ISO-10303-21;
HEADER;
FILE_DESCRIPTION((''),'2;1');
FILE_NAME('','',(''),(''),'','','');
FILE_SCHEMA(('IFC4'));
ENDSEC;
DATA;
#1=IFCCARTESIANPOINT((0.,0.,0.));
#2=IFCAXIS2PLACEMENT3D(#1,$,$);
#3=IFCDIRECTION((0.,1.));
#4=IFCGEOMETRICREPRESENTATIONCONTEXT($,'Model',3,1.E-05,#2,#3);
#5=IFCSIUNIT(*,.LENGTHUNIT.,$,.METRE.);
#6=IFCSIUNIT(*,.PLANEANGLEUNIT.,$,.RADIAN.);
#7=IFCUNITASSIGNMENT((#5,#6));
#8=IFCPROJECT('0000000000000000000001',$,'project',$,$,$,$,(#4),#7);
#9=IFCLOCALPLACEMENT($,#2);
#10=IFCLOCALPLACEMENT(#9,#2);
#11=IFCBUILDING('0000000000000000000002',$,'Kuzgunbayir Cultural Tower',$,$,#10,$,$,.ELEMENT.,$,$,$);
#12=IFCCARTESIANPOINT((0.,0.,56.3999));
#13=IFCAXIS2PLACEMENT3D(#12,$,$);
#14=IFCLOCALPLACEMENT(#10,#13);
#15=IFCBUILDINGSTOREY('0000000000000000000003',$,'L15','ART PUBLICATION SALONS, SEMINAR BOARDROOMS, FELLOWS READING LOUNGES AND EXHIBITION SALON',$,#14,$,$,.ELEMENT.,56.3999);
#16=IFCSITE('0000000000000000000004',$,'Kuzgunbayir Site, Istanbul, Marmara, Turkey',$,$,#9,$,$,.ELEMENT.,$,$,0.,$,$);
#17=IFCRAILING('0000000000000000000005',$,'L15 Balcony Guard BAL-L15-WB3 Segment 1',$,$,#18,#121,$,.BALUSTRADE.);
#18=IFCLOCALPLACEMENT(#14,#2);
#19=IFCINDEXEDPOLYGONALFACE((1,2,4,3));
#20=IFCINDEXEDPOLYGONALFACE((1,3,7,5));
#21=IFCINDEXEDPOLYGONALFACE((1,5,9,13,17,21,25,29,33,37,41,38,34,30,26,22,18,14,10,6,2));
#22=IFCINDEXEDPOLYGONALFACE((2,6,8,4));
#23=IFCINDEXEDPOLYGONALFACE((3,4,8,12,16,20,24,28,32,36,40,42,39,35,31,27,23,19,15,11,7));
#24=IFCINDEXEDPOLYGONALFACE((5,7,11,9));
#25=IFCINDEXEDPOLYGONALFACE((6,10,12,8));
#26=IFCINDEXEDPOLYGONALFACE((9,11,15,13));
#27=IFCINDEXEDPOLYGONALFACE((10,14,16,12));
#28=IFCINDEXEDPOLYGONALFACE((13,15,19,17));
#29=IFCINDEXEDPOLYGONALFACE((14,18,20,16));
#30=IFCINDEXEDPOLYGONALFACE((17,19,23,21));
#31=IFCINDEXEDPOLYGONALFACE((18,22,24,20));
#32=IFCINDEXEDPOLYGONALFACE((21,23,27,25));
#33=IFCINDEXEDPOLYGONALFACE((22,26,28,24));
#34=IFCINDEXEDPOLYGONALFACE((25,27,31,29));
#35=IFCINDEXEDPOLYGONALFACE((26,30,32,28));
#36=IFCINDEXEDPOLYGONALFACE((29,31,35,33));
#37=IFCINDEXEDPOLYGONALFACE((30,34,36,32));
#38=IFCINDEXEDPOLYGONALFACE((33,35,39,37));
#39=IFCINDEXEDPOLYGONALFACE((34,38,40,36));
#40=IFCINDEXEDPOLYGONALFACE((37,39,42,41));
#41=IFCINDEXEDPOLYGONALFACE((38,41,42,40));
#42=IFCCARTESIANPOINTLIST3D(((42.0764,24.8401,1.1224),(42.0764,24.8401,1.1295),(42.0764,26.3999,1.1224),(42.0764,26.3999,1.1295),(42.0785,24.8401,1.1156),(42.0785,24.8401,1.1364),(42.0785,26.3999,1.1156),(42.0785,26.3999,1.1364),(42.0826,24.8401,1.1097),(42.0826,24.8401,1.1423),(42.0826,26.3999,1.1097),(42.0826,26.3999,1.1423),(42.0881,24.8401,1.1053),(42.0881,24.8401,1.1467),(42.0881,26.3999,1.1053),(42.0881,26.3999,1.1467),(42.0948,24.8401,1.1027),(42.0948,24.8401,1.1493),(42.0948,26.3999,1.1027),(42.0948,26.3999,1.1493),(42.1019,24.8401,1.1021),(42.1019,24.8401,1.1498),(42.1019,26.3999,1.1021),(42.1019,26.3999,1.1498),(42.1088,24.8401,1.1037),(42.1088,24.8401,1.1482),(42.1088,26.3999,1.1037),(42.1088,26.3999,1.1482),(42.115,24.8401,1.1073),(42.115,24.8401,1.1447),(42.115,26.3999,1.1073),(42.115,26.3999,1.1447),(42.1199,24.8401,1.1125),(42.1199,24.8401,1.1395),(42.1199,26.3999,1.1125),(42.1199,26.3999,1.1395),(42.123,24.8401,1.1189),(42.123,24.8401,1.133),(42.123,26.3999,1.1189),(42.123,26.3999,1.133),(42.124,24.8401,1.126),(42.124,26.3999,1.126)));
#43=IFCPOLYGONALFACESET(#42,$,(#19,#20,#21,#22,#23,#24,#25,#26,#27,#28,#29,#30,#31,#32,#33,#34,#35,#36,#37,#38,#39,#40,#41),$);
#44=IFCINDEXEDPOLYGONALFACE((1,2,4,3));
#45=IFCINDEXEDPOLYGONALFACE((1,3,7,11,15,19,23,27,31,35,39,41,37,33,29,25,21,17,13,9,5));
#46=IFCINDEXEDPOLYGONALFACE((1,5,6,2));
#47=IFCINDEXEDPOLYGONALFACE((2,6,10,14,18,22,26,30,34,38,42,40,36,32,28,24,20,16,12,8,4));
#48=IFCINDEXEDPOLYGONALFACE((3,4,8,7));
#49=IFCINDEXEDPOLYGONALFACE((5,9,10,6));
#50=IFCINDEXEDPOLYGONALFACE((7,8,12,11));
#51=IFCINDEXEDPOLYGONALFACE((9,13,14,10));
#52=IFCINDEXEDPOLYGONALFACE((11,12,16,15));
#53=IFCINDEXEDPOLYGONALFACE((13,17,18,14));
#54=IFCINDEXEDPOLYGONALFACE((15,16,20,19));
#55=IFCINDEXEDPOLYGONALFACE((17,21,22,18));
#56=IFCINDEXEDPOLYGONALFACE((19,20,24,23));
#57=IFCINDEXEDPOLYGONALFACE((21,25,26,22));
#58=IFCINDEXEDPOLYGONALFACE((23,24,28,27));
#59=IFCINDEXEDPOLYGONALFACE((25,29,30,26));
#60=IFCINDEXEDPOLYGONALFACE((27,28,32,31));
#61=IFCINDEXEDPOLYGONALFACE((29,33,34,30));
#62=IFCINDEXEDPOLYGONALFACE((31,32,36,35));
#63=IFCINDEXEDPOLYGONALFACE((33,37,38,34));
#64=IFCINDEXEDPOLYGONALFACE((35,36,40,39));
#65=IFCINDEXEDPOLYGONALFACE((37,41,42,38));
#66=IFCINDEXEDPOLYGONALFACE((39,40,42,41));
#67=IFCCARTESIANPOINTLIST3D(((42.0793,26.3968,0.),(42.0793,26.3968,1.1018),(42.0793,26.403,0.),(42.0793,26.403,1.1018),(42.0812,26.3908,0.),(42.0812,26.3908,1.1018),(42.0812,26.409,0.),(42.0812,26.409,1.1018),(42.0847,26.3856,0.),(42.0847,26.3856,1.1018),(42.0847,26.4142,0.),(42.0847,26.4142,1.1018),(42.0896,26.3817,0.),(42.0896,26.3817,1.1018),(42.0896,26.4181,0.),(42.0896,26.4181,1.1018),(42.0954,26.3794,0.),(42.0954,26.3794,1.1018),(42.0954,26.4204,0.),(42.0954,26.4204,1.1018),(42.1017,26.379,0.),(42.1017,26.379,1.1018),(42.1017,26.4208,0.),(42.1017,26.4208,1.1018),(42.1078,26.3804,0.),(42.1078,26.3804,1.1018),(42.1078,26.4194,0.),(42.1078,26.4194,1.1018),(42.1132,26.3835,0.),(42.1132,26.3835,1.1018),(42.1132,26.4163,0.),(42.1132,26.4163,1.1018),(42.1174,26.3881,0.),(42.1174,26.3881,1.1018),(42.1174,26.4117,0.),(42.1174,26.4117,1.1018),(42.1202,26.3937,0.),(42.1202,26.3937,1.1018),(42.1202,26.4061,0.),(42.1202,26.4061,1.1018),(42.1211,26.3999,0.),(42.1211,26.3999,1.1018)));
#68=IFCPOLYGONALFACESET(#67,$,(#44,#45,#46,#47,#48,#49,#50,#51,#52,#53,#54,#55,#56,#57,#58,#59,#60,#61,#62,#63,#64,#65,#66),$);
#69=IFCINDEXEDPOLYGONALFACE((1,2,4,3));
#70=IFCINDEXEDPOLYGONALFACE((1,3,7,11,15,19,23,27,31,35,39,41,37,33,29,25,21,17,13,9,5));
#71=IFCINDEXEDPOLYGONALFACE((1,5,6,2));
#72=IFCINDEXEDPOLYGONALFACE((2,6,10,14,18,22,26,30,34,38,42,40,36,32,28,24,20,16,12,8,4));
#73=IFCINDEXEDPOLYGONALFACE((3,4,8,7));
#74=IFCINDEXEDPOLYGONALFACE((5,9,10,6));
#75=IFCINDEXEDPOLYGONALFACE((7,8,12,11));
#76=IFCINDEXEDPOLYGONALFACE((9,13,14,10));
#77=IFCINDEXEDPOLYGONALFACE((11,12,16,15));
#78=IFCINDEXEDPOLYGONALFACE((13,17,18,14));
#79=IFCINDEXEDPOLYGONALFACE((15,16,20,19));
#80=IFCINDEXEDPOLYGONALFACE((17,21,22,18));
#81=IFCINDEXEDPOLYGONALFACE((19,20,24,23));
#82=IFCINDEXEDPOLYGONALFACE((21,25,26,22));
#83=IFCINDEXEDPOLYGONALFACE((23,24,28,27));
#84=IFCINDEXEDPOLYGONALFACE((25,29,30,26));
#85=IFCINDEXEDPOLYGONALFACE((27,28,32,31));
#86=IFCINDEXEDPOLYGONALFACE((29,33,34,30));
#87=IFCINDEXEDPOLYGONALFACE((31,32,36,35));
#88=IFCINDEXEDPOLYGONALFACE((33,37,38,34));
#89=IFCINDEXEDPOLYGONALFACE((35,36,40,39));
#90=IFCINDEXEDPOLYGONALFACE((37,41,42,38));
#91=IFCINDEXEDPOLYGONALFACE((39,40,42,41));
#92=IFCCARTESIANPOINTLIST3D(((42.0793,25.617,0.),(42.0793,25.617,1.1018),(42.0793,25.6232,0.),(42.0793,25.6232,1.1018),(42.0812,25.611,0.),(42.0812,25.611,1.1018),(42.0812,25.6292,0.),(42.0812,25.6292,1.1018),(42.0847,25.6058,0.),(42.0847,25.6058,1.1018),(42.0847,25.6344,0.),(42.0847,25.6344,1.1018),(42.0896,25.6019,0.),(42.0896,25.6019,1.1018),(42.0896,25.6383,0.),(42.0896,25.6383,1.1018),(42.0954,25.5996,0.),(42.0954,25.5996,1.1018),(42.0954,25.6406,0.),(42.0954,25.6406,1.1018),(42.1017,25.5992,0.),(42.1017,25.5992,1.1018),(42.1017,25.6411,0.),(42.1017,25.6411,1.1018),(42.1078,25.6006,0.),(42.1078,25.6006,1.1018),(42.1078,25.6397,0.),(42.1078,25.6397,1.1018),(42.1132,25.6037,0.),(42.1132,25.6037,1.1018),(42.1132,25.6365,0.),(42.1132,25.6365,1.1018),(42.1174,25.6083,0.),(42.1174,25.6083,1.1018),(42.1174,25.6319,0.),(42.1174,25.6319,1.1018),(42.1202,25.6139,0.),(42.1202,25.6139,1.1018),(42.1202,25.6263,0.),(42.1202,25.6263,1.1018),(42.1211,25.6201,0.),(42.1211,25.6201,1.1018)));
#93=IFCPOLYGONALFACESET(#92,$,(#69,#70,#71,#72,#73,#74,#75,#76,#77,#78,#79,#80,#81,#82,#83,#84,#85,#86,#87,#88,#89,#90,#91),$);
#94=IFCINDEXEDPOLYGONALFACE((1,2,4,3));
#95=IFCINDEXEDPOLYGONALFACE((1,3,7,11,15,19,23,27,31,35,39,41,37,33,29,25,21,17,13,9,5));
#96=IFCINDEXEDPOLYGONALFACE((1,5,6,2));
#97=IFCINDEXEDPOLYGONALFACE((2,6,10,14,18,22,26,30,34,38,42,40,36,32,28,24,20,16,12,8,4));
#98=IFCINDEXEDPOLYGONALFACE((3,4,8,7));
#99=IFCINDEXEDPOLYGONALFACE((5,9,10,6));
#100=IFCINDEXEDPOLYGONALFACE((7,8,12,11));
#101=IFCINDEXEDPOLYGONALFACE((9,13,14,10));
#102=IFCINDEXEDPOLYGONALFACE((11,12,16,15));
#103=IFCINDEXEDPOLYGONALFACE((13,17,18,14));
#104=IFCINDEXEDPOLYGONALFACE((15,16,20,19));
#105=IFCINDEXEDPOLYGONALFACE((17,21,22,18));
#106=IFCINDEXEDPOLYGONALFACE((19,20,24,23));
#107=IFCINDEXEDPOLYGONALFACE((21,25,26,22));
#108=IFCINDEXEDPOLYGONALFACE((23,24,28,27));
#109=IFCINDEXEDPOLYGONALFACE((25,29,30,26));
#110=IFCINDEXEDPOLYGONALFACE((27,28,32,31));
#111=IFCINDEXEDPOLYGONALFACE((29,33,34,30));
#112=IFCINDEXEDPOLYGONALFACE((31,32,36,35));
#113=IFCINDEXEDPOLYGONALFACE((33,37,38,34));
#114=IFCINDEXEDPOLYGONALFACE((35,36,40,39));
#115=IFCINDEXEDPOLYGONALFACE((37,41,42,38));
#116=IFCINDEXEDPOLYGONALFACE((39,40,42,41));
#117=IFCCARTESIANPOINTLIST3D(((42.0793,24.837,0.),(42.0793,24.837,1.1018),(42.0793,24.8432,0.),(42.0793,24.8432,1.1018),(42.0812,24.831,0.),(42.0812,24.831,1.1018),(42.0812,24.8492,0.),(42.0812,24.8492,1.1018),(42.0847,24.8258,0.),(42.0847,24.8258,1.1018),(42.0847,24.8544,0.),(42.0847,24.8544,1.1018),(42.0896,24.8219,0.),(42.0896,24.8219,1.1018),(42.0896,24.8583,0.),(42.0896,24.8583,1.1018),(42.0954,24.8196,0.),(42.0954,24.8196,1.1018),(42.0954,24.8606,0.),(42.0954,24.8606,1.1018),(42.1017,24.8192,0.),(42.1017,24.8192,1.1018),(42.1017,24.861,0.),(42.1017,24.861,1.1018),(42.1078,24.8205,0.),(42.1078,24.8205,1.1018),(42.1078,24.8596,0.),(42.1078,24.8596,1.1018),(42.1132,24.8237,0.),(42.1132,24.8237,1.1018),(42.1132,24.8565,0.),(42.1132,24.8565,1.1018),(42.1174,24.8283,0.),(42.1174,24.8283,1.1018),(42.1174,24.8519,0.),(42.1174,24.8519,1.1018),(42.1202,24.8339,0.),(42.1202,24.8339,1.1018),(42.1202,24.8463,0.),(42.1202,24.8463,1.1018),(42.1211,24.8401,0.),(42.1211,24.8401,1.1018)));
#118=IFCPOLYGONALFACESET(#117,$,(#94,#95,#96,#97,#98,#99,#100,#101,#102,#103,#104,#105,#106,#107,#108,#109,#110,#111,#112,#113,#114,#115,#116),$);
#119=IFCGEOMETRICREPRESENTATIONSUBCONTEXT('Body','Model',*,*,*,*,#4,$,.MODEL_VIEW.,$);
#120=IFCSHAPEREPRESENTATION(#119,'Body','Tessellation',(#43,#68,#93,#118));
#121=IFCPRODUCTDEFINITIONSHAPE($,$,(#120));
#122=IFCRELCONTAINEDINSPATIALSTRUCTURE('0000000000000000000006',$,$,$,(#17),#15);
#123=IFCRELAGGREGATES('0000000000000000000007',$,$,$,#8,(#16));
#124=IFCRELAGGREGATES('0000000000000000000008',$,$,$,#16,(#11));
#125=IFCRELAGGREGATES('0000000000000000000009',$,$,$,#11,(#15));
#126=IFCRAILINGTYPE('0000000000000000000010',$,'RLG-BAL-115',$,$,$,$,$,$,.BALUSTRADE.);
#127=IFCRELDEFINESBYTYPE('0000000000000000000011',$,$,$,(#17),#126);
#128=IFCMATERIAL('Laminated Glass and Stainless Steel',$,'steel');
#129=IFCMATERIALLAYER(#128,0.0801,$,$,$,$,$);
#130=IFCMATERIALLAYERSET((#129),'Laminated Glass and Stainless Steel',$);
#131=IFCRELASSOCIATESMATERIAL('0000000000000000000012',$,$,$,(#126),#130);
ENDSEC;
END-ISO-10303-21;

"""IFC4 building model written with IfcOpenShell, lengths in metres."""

from ifc_helpers import new_model, si_unit, direction, frame, origin, origin_2d, place, context, subcontext, project, spatial, circle, extrude, material, layer, layer_set, type_object, element, save


model = new_model("IFC4")

# Units and contexts
model_context = context("Model", 3, precision=1e-05, world=origin(), true_north=direction((0.0, 1.0)))
body_context = subcontext(model_context, "Body", "Model", "MODEL_VIEW")
ifc_project = project(units=[si_unit("LENGTHUNIT", "METRE"), si_unit("PLANEANGLEUNIT", "RADIAN")], contexts=[model_context])

# Site, building, storey
site_placement = place(None, origin())
site = spatial("IfcSite", under=ifc_project, at=site_placement, Name="Kuzgunbayir Site, Istanbul, Marmara, Turkey", CompositionType="ELEMENT", RefElevation=0.0)
building_placement = place(site_placement, origin())
building = spatial("IfcBuilding", under=site, at=building_placement, Name="Kuzgunbayir Cultural Tower", CompositionType="ELEMENT")
storey_placement = place(building_placement, frame((0.0, 0.0, 56.3999)))
storey = spatial("IfcBuildingStorey", under=building, at=storey_placement, Name="L15", Description="ART PUBLICATION SALONS, SEMINAR BOARDROOMS, FELLOWS READING LOUNGES AND EXHIBITION SALON", CompositionType="ELEMENT", Elevation=56.3999)

# Railing
ifc_material_1 = material(Name="Laminated Glass and Stainless Steel", Category="steel")
ifc_layer_1 = layer(ifc_material_1, 0.0801)
ifc_layer_set_1 = layer_set([ifc_layer_1], Name="Laminated Glass and Stainless Steel")
railing_type = type_object("IfcRailingType", Name="RLG-BAL-115", PredefinedType="BALUSTRADE", material=ifc_layer_set_1)
railing_1_placement = place(storey_placement, frame((42.1001, 26.3999, 0.0)))
element("IfcRailing", 1, at=railing_1_placement, inside=storey, type_object=railing_type, Name="L15 Balcony Guard BAL-L15-WB3 Segment 1", PredefinedType="BALUSTRADE", context=body_context, shape_type="SweptSolid", body=[
    extrude(circle(Radius=0.0239, at=origin_2d()), frame((0.0, 0.0, 1.126), z_axis=(0.0, -1.0, 0.0), x_axis=(1.0, 0.0, 0.0)), (0.0, 0.0, 1.0), 1.5598),
    extrude(circle(Radius=0.021, at=origin_2d()), origin(), (0.0, 0.0, 1.0), 1.1018),
    extrude(circle(Radius=0.021, at=origin_2d()), frame((0.0, -0.7798, 0.0)), (0.0, 0.0, 1.0), 1.1018),
    extrude(circle(Radius=0.021, at=origin_2d()), frame((0.0, -1.5598, 0.0)), (0.0, 0.0, 1.0), 1.1018),
])

save(model, "model.ifc")
